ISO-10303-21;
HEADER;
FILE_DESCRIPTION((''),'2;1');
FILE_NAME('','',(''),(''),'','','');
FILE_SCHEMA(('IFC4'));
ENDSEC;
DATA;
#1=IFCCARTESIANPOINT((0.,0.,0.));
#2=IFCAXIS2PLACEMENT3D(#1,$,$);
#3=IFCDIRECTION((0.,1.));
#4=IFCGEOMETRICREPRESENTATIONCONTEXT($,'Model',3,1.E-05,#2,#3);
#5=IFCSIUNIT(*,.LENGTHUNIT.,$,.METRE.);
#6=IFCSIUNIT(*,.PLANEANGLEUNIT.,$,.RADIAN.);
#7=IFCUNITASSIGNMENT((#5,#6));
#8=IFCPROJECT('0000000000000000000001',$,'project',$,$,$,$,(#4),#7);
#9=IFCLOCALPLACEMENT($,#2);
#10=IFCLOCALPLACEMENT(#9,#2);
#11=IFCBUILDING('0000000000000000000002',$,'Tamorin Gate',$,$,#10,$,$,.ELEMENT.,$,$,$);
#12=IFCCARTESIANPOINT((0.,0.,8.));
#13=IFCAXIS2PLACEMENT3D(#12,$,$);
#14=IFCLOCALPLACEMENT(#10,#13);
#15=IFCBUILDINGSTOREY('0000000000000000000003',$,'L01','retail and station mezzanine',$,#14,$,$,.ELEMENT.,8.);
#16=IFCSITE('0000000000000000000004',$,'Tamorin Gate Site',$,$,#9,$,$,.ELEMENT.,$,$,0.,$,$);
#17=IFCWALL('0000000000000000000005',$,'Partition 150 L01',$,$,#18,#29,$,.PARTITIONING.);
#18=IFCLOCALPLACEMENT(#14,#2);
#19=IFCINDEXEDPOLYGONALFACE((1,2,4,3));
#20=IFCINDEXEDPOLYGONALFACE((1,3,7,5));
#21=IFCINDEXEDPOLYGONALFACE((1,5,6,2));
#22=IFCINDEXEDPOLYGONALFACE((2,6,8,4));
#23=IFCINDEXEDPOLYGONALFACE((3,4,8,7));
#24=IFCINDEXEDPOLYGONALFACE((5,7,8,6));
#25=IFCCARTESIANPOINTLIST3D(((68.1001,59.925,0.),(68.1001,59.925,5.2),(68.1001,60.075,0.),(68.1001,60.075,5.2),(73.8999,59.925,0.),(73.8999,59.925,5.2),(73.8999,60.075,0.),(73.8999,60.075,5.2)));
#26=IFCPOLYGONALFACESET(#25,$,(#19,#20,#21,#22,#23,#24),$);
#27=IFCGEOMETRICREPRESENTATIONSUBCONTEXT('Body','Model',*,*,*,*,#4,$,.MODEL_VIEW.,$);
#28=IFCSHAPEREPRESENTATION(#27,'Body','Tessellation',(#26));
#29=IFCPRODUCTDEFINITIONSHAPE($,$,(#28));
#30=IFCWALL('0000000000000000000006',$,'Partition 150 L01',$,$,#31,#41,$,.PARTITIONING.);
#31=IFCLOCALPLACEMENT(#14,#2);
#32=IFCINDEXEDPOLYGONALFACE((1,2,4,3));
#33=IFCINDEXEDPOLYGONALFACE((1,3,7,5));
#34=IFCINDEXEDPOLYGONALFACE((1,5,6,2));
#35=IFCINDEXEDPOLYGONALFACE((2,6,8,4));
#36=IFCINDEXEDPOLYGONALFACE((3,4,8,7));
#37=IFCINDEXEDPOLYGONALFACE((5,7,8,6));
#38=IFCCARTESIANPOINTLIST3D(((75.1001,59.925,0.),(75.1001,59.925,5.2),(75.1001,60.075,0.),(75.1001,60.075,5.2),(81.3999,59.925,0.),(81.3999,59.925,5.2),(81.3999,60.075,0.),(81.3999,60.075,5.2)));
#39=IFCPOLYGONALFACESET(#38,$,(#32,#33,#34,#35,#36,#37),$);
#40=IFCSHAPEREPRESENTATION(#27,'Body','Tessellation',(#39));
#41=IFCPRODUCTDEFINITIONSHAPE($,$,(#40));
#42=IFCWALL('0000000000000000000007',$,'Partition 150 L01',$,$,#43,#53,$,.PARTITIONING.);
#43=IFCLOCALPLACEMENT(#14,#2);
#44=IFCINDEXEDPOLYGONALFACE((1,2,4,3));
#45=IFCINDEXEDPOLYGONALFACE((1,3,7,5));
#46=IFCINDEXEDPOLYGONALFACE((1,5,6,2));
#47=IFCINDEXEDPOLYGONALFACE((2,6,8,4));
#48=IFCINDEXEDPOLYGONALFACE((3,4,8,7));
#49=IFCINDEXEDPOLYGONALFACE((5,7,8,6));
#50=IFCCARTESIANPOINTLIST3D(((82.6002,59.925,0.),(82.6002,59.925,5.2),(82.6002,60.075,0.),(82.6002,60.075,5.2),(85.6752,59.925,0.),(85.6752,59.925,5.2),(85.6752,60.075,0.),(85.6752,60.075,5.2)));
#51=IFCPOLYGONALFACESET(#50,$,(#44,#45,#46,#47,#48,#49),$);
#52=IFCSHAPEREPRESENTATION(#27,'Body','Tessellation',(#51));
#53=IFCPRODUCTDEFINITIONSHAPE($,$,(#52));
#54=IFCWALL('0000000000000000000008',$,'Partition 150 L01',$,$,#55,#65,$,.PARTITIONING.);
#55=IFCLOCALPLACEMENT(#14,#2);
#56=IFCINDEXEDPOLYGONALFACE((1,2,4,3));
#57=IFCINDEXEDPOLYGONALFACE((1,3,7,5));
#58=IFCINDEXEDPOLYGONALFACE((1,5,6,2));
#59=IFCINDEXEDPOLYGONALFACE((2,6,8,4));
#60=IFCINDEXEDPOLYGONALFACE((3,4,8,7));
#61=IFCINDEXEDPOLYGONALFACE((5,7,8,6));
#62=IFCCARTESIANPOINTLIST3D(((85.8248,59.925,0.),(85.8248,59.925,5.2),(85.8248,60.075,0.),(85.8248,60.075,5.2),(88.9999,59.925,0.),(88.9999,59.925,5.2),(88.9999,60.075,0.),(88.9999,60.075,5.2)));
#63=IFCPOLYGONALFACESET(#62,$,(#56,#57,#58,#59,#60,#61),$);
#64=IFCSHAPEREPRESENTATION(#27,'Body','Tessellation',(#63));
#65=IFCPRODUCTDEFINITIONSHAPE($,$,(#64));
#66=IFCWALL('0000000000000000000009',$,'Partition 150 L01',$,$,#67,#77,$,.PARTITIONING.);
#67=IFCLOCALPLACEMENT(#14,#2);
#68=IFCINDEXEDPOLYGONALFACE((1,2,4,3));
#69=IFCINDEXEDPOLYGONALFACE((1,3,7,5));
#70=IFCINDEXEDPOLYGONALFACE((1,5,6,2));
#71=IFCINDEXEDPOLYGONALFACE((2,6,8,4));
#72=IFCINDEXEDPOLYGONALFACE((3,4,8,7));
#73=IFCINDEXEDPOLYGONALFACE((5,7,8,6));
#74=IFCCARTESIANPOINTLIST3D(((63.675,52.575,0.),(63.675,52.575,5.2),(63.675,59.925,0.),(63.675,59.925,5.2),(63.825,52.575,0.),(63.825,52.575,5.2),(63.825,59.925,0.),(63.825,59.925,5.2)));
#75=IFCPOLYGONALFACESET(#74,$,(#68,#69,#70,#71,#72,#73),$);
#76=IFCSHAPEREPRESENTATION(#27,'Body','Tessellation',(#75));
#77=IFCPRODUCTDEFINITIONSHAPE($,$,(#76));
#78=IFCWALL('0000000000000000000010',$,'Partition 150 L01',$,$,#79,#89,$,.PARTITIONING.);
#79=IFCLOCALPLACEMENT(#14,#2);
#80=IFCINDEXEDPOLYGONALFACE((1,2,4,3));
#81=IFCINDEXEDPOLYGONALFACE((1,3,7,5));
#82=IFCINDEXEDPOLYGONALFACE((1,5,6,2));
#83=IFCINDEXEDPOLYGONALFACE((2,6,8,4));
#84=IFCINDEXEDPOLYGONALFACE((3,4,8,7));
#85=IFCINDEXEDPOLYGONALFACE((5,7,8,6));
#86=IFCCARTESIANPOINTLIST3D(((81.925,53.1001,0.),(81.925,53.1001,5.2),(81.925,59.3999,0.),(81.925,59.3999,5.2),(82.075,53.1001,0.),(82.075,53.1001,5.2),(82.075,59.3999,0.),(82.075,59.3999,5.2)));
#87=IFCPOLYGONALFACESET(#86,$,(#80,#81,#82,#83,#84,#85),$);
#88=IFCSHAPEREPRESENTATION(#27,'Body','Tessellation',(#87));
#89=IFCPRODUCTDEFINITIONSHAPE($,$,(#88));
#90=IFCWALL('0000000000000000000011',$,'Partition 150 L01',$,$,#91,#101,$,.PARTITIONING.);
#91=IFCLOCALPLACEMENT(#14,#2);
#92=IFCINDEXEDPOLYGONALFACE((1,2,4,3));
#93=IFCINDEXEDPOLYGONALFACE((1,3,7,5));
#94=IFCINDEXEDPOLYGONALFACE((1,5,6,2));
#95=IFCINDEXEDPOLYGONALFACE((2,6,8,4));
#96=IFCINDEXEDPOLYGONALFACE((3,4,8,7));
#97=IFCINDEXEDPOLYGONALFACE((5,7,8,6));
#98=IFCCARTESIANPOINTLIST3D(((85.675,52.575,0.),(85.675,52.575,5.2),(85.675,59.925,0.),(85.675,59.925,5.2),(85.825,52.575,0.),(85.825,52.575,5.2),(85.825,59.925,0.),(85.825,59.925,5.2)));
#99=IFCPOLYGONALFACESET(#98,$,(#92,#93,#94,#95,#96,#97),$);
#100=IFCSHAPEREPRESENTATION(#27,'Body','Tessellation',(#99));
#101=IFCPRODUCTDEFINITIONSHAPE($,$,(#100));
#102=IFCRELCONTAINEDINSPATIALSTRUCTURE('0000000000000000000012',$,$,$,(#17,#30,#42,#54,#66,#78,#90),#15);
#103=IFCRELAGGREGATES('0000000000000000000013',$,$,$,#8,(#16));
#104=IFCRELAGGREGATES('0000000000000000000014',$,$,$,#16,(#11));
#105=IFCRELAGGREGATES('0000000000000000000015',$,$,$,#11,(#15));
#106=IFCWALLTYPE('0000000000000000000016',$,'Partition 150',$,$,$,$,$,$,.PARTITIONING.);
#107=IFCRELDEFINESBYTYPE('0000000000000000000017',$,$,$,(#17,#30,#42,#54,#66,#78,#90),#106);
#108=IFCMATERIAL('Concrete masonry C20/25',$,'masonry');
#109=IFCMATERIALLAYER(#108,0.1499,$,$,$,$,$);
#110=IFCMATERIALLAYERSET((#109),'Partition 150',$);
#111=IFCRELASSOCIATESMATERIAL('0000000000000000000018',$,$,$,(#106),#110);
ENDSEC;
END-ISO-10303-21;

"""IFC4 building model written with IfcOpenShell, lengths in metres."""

from ifc_helpers import new_model, si_unit, direction, frame, frame_2d, origin, place, context, subcontext, project, spatial, rectangle, extrude, material, layer, layer_set, type_object, element, save


model = new_model("IFC4")

# Units and contexts
model_context = context("Model", 3, precision=1e-05, world=origin(), true_north=direction((0.0, 1.0)))
body_context = subcontext(model_context, "Body", "Model", "MODEL_VIEW")
ifc_project = project(units=[si_unit("LENGTHUNIT", "METRE"), si_unit("PLANEANGLEUNIT", "RADIAN")], contexts=[model_context])

# Site, building, storey
site_placement = place(None, origin())
site = spatial("IfcSite", under=ifc_project, at=site_placement, Name="Tamorin Gate Site", CompositionType="ELEMENT", RefElevation=0.0)
building_placement = place(site_placement, origin())
building = spatial("IfcBuilding", under=site, at=building_placement, Name="Tamorin Gate", CompositionType="ELEMENT")
storey_placement = place(building_placement, frame((0.0, 0.0, 8.0)))
storey = spatial("IfcBuildingStorey", under=building, at=storey_placement, Name="L01", Description="retail and station mezzanine", CompositionType="ELEMENT", Elevation=8.0)

# Shared definitions
ifc_material_1 = material(Name="Concrete masonry C20/25", Category="masonry")
ifc_layer = layer(ifc_material_1, 0.1499)
ifc_layer_set = layer_set([ifc_layer], Name="Partition 150")
wall_type = type_object("IfcWallType", Name="Partition 150", PredefinedType="PARTITIONING", material=ifc_layer_set)

# Walls
wall_1_placement = place(storey_placement, frame((68.1001, 60.0, 0.0), z_axis=(0.0, 0.0, 1.0), x_axis=(1.0, 0.0, 0.0)))
element("IfcWall", 1, at=wall_1_placement, inside=storey, type_object=wall_type, Name="Partition 150 L01", PredefinedType="PARTITIONING", context=body_context, shape_type="SweptSolid", body=[
    extrude(rectangle(XDim=5.7998, YDim=0.1499, at=frame_2d((2.8999, 0.0))), origin(), (0.0, 0.0, 1.0), 5.2),
])
wall_2_placement = place(storey_placement, frame((75.1001, 60.0, 0.0), z_axis=(0.0, 0.0, 1.0), x_axis=(1.0, 0.0, 0.0)))
element("IfcWall", 2, at=wall_2_placement, inside=storey, type_object=wall_type, Name="Partition 150 L01", PredefinedType="PARTITIONING", context=body_context, shape_type="SweptSolid", body=[
    extrude(rectangle(XDim=6.2998, YDim=0.1499, at=frame_2d((3.1499, 0.0))), origin(), (0.0, 0.0, 1.0), 5.2),
])
wall_3_placement = place(storey_placement, frame((82.6001, 60.0, 0.0), z_axis=(0.0, 0.0, 1.0), x_axis=(1.0, 0.0, 0.0)))
element("IfcWall", 3, at=wall_3_placement, inside=storey, type_object=wall_type, Name="Partition 150 L01", PredefinedType="PARTITIONING", context=body_context, shape_type="SweptSolid", body=[
    extrude(rectangle(XDim=3.075, YDim=0.1499, at=frame_2d((1.5376, 0.0))), origin(), (0.0, 0.0, 1.0), 5.2),
])
wall_4_placement = place(storey_placement, frame((85.825, 60.0, 0.0), z_axis=(0.0, 0.0, 1.0), x_axis=(1.0, 0.0, 0.0)))
element("IfcWall", 4, at=wall_4_placement, inside=storey, type_object=wall_type, Name="Partition 150 L01", PredefinedType="PARTITIONING", context=body_context, shape_type="SweptSolid", body=[
    extrude(rectangle(XDim=3.175, YDim=0.1499, at=frame_2d((1.5874, 0.0))), origin(), (0.0, 0.0, 1.0), 5.2),
])
wall_5_placement = place(storey_placement, frame((63.75, 52.575, 0.0), z_axis=(0.0, 0.0, 1.0), x_axis=(0.0, 1.0, 0.0)))
element("IfcWall", 5, at=wall_5_placement, inside=storey, type_object=wall_type, Name="Partition 150 L01", PredefinedType="PARTITIONING", context=body_context, shape_type="SweptSolid", body=[
    extrude(rectangle(XDim=7.3501, YDim=0.1499, at=frame_2d((3.675, 0.0))), origin(), (0.0, 0.0, 1.0), 5.2),
])
wall_6_placement = place(storey_placement, frame((82.0, 53.1001, 0.0), z_axis=(0.0, 0.0, 1.0), x_axis=(0.0, 1.0, 0.0)))
element("IfcWall", 6, at=wall_6_placement, inside=storey, type_object=wall_type, Name="Partition 150 L01", PredefinedType="PARTITIONING", context=body_context, shape_type="SweptSolid", body=[
    extrude(rectangle(XDim=6.2998, YDim=0.1499, at=frame_2d((3.1499, 0.0))), origin(), (0.0, 0.0, 1.0), 5.2),
])
wall_7_placement = place(storey_placement, frame((85.75, 52.575, 0.0), z_axis=(0.0, 0.0, 1.0), x_axis=(0.0, 1.0, 0.0)))
element("IfcWall", 7, at=wall_7_placement, inside=storey, type_object=wall_type, Name="Partition 150 L01", PredefinedType="PARTITIONING", context=body_context, shape_type="SweptSolid", body=[
    extrude(rectangle(XDim=7.3501, YDim=0.1499, at=frame_2d((3.675, 0.0))), origin(), (0.0, 0.0, 1.0), 5.2),
])

save(model, "model.ifc")
